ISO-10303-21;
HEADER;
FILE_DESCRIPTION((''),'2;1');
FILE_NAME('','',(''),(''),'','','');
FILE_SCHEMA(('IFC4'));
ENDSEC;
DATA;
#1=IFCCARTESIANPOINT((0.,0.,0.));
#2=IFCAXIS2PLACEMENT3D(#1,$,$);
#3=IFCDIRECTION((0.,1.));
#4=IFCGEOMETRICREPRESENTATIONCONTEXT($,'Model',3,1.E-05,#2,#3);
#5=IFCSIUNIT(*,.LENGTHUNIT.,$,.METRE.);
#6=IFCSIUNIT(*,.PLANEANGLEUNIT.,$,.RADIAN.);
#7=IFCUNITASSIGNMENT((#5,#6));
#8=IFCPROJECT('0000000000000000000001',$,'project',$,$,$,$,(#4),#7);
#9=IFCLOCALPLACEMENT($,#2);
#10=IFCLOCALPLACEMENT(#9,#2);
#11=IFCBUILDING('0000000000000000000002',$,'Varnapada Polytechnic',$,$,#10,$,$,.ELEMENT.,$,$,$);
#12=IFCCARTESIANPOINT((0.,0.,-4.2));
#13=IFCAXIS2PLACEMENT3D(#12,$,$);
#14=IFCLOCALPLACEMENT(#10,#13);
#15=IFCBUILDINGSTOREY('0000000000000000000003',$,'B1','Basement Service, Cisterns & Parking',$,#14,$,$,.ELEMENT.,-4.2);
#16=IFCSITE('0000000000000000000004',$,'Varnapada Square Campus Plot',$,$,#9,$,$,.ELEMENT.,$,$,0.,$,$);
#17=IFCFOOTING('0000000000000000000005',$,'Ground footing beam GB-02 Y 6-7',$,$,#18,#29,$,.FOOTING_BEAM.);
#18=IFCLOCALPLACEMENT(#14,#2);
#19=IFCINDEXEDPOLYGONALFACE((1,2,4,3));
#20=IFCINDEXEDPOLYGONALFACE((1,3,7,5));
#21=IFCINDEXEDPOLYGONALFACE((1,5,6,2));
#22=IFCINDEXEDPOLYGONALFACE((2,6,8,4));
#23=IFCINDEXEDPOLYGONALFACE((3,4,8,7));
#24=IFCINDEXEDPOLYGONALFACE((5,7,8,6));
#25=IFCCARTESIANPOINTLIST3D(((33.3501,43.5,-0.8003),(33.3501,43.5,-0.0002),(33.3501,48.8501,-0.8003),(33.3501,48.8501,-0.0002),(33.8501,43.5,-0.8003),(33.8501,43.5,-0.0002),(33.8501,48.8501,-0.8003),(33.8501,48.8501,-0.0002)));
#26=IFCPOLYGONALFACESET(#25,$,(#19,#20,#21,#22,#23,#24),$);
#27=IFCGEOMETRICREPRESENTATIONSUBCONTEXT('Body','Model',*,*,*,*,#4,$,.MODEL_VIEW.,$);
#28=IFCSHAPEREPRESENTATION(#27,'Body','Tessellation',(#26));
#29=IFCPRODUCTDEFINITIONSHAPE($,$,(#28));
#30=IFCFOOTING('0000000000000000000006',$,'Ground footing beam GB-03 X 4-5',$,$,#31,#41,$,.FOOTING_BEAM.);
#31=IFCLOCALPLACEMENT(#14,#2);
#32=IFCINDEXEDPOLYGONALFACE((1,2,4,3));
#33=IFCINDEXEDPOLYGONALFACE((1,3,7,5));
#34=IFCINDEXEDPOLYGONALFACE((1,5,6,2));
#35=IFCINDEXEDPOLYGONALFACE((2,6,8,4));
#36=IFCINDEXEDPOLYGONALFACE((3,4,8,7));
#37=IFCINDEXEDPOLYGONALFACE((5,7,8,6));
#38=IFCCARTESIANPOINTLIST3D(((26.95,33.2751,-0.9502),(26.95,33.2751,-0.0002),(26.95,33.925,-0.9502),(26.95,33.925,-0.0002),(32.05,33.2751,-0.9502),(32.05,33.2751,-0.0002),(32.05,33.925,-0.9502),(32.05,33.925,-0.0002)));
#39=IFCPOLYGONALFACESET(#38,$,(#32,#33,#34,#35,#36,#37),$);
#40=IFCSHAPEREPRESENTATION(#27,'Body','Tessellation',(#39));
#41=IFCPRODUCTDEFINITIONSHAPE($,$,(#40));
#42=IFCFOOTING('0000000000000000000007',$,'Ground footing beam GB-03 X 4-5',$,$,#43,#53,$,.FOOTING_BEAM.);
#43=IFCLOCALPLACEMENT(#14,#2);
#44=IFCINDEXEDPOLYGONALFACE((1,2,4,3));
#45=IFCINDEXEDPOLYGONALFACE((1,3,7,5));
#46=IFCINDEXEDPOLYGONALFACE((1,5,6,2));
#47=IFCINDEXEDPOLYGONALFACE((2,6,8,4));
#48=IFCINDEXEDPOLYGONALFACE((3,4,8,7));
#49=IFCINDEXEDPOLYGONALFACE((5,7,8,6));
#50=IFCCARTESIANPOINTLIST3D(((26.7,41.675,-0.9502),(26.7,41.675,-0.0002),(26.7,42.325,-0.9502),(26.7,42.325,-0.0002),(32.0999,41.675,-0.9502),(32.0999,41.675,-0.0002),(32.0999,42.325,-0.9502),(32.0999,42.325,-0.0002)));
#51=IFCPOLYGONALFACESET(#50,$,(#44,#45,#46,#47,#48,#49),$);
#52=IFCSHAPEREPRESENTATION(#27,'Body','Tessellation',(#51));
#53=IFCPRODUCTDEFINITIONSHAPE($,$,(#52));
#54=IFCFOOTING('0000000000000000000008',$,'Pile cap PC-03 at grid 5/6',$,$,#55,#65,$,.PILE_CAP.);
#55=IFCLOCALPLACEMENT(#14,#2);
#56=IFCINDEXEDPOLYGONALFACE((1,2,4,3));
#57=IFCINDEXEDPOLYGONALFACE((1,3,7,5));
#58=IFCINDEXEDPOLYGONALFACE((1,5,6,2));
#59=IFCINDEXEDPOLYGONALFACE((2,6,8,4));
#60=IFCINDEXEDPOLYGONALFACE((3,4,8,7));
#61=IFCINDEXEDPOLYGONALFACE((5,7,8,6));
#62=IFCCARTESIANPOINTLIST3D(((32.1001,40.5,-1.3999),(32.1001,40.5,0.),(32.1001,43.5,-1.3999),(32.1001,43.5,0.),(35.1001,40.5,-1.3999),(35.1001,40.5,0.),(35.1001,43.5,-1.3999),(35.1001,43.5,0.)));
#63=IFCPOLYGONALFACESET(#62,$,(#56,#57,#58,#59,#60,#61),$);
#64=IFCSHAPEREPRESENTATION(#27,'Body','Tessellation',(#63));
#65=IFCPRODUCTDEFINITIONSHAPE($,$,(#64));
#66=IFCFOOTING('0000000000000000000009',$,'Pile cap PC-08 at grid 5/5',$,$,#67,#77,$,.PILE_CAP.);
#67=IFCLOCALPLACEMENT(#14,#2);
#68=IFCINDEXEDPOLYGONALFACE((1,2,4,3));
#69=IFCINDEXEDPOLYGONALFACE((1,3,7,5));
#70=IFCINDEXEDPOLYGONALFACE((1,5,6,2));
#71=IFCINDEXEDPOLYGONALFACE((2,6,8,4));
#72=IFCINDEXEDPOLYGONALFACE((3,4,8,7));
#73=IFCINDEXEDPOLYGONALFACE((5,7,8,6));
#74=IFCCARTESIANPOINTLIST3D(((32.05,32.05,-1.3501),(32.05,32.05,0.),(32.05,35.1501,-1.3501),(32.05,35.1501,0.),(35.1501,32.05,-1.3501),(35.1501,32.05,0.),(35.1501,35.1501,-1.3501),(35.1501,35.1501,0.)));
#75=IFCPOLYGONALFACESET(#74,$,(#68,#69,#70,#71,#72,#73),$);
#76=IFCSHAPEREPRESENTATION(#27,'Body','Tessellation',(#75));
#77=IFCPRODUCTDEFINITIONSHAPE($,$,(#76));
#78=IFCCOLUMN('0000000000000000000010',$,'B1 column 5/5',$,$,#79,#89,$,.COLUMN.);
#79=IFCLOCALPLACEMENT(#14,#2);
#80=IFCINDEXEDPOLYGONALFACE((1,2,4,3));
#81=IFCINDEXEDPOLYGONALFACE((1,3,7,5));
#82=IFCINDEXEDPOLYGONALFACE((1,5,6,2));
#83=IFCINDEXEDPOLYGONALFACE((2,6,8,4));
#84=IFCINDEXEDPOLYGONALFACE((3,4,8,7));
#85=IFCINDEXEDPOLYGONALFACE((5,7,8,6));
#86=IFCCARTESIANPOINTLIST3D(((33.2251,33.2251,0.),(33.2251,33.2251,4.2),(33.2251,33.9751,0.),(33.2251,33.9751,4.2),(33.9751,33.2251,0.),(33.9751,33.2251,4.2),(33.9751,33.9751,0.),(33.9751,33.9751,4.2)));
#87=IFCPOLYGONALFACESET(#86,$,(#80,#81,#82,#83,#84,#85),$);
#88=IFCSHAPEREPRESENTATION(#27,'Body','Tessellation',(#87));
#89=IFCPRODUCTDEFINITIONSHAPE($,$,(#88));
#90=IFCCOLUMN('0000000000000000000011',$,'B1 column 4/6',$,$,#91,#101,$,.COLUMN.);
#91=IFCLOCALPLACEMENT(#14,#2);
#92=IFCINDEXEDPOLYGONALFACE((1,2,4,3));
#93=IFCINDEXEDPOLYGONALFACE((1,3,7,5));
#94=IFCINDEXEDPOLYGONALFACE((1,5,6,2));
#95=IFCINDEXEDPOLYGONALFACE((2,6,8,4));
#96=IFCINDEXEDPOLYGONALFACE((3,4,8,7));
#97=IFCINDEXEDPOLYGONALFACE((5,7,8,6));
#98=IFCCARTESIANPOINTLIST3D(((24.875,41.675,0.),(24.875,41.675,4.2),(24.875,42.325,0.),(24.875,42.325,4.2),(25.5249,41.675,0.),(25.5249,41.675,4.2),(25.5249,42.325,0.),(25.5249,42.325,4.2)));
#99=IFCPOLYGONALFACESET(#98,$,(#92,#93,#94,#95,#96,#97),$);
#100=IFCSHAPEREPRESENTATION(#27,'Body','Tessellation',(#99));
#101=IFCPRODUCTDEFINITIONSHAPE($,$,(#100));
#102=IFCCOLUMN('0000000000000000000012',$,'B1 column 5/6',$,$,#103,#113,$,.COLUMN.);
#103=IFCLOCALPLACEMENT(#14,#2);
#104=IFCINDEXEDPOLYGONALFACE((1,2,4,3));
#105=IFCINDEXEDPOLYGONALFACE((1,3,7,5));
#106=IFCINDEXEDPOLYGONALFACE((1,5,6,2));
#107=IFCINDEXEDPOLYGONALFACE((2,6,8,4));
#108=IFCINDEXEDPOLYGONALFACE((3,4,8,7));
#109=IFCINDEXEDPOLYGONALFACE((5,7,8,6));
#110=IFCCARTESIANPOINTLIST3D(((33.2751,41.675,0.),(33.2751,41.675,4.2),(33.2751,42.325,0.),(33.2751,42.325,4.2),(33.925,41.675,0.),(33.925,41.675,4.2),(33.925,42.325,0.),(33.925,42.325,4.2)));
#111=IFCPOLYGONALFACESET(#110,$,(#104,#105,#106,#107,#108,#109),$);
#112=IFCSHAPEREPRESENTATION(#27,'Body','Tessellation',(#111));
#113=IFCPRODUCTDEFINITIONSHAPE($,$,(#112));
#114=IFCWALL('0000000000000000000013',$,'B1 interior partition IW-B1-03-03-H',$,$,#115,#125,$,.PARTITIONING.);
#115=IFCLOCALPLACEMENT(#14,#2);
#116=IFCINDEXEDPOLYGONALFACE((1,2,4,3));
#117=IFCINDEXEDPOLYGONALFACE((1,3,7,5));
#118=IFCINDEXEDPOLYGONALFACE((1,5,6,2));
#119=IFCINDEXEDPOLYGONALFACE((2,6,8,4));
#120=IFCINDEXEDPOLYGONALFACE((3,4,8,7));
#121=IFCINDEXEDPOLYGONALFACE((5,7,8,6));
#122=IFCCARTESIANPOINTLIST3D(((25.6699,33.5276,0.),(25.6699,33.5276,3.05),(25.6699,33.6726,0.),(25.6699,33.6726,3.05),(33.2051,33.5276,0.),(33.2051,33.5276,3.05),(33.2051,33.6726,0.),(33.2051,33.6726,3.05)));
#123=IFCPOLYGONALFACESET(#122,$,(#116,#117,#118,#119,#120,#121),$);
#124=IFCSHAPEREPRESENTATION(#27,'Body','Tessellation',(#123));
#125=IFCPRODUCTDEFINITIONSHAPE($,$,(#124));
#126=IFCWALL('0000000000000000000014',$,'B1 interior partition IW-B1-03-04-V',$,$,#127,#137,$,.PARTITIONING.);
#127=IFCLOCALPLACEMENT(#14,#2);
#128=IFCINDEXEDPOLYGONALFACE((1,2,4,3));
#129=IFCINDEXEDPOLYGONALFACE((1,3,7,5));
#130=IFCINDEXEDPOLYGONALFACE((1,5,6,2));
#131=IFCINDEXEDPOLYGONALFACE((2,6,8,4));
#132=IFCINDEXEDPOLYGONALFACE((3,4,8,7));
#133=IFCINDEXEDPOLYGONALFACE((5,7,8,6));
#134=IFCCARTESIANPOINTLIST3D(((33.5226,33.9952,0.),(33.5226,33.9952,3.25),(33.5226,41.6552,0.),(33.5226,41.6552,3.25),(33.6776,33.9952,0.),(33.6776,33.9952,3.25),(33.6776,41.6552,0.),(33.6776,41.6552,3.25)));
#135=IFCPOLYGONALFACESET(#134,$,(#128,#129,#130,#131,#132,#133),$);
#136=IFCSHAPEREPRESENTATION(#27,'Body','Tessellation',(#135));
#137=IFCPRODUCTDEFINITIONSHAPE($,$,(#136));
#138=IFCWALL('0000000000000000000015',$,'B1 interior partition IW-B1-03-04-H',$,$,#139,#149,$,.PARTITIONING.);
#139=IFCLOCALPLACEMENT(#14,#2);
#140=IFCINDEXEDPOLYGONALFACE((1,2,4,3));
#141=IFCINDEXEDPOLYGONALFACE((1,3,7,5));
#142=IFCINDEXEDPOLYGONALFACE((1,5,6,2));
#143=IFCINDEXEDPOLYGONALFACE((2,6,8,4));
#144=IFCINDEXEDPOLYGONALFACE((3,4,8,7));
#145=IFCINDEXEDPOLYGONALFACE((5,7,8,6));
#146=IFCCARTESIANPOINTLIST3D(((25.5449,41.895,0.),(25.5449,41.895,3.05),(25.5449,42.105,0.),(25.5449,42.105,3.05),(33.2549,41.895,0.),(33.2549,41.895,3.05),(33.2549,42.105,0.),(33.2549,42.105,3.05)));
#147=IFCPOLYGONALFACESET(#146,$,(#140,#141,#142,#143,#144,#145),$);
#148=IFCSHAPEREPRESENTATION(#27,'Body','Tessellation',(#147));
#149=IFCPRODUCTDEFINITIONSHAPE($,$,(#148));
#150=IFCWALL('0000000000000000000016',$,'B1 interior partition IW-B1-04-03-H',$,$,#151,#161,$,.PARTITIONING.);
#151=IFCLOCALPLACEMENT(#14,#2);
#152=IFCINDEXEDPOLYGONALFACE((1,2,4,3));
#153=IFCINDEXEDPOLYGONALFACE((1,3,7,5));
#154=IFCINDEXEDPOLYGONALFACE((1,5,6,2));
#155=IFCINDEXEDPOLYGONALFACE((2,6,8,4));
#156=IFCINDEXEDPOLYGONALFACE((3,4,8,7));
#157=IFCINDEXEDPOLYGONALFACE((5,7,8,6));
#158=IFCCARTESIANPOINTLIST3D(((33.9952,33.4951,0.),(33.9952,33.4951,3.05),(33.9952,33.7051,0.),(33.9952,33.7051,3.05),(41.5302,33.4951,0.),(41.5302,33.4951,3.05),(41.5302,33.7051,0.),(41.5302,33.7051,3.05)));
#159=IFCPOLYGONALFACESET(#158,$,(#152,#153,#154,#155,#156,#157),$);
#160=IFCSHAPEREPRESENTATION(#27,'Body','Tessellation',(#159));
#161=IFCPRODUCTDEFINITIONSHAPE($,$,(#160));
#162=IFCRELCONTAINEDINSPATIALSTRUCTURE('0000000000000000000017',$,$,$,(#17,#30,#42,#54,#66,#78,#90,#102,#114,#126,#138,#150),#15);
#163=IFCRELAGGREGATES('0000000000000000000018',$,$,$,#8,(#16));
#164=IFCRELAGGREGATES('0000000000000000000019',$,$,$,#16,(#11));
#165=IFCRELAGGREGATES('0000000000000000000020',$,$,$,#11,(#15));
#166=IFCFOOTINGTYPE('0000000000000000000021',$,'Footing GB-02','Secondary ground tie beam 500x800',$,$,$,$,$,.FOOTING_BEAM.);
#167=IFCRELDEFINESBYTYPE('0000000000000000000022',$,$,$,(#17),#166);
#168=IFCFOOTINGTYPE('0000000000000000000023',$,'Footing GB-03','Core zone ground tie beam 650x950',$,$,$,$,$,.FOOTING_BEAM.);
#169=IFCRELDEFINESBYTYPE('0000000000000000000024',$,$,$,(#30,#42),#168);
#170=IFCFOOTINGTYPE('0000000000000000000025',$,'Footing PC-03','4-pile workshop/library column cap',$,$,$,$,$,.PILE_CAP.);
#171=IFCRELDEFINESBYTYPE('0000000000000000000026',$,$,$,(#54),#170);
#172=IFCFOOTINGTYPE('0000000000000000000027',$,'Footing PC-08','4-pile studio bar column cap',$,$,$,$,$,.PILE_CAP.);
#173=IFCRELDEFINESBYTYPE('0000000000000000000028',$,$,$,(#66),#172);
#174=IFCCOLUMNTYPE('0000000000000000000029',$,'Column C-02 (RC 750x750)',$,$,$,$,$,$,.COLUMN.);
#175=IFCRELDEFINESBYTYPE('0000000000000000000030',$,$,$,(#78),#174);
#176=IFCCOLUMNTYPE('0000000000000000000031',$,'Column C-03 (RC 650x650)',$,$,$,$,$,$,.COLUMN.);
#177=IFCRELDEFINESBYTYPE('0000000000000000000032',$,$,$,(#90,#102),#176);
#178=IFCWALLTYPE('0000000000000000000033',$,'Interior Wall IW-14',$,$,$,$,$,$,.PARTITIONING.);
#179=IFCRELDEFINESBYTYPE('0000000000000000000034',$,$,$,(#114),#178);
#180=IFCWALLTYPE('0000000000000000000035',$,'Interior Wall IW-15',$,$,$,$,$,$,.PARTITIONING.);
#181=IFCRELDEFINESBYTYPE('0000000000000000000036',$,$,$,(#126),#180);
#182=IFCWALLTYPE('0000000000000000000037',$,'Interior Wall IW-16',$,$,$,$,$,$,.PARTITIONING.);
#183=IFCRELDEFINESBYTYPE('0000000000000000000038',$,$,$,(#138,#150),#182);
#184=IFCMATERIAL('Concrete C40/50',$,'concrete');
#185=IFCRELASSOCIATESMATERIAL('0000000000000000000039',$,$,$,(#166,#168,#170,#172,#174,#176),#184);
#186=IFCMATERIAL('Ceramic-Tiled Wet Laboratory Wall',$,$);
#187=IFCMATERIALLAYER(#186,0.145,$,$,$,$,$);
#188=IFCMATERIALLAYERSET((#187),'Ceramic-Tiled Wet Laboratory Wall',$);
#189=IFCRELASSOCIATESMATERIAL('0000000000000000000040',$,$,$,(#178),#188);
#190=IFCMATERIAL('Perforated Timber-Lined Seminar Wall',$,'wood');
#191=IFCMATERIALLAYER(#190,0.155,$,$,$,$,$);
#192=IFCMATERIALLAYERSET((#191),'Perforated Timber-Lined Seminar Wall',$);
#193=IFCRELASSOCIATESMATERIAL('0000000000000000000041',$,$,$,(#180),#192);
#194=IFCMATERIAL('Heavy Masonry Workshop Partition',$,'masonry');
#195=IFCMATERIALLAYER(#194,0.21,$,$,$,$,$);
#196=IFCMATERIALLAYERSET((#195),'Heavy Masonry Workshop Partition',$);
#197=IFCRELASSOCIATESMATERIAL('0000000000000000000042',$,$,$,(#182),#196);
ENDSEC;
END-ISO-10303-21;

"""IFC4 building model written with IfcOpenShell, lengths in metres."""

from ifc_helpers import new_model, si_unit, direction, frame, frame_2d, origin, origin_2d, place, context, subcontext, project, spatial, rectangle, extrude, material, layer, layer_set, material_profile, profile_set, type_object, element, save


model = new_model("IFC4")

# Units and contexts
model_context = context("Model", 3, precision=1e-05, world=origin(), true_north=direction((0.0, 1.0)))
body_context = subcontext(model_context, "Body", "Model", "MODEL_VIEW")
ifc_project = project(units=[si_unit("LENGTHUNIT", "METRE"), si_unit("PLANEANGLEUNIT", "RADIAN")], contexts=[model_context])

# Site, building, storey
site_placement = place(None, origin())
site = spatial("IfcSite", under=ifc_project, at=site_placement, Name="Varnapada Square Campus Plot", CompositionType="ELEMENT", RefElevation=0.0)
building_placement = place(site_placement, origin())
building = spatial("IfcBuilding", under=site, at=building_placement, Name="Varnapada Polytechnic", CompositionType="ELEMENT")
storey_placement = place(building_placement, frame((0.0, 0.0, -4.2)))
storey = spatial("IfcBuildingStorey", under=building, at=storey_placement, Name="B1", Description="Basement Service, Cisterns & Parking", CompositionType="ELEMENT", Elevation=-4.2)

# Shared definitions
ifc_material_1 = material(Name="Concrete C40/50", Category="concrete")

# Footings
footing_type_1 = type_object("IfcFootingType", Name="Footing GB-02", Description="Secondary ground tie beam 500x800", PredefinedType="FOOTING_BEAM", material=ifc_material_1)
for number, where, z_axis, x_axis, name in (
    (1, (33.6001, 46.175, -0.8003), (0.0, 0.0, 1.0), (0.0, 1.0, 0.0), "Ground footing beam GB-02 Y 6-7"),
):
    element("IfcFooting", number, at=place(storey_placement, frame(where, z_axis=z_axis, x_axis=x_axis)), inside=storey, type_object=footing_type_1, Name=name, PredefinedType="FOOTING_BEAM", context=body_context, shape_type="SweptSolid", body=[
        extrude(rectangle(XDim=5.3501, YDim=0.5, at=origin_2d()), origin(), (0.0, 0.0, 1.0), 0.8),
    ])
footing_type_2 = type_object("IfcFootingType", Name="Footing GB-03", Description="Core zone ground tie beam 650x950", PredefinedType="FOOTING_BEAM", material=ifc_material_1)
footing_1_placement = place(storey_placement, frame((29.5, 33.6001, -0.9502), z_axis=(0.0, 0.0, 1.0), x_axis=(1.0, 0.0, 0.0)))
element("IfcFooting", 2, at=footing_1_placement, inside=storey, type_object=footing_type_2, Name="Ground footing beam GB-03 X 4-5", PredefinedType="FOOTING_BEAM", context=body_context, shape_type="SweptSolid", body=[
    extrude(rectangle(XDim=5.1001, YDim=0.6499, at=origin_2d()), origin(), (0.0, 0.0, 1.0), 0.95),
])
footing_2_placement = place(storey_placement, frame((29.3999, 42.0, -0.9502), z_axis=(0.0, 0.0, 1.0), x_axis=(1.0, 0.0, 0.0)))
element("IfcFooting", 3, at=footing_2_placement, inside=storey, type_object=footing_type_2, Name="Ground footing beam GB-03 X 4-5", PredefinedType="FOOTING_BEAM", context=body_context, shape_type="SweptSolid", body=[
    extrude(rectangle(XDim=5.3999, YDim=0.6499, at=origin_2d()), origin(), (0.0, 0.0, 1.0), 0.95),
])
footing_type_3 = type_object("IfcFootingType", Name="Footing PC-03", Description="4-pile workshop/library column cap", PredefinedType="PILE_CAP", material=ifc_material_1)
footing_3_placement = place(storey_placement, frame((33.6001, 42.0, -1.3999), z_axis=(0.0, 0.0, 1.0), x_axis=(1.0, 0.0, 0.0)))
element("IfcFooting", 4, at=footing_3_placement, inside=storey, type_object=footing_type_3, Name="Pile cap PC-03 at grid 5/6", PredefinedType="PILE_CAP", context=body_context, shape_type="SweptSolid", body=[
    extrude(rectangle(XDim=3.0, YDim=3.0, at=origin_2d()), origin(), (0.0, 0.0, 1.0), 1.3999),
])
footing_type_4 = type_object("IfcFootingType", Name="Footing PC-08", Description="4-pile studio bar column cap", PredefinedType="PILE_CAP", material=ifc_material_1)
footing_4_placement = place(storey_placement, frame((33.6001, 33.6001, -1.3501), z_axis=(0.0, 0.0, 1.0), x_axis=(1.0, 0.0, 0.0)))
element("IfcFooting", 5, at=footing_4_placement, inside=storey, type_object=footing_type_4, Name="Pile cap PC-08 at grid 5/5", PredefinedType="PILE_CAP", context=body_context, shape_type="SweptSolid", body=[
    extrude(rectangle(XDim=3.1001, YDim=3.1001, at=origin_2d()), origin(), (0.0, 0.0, 1.0), 1.3501),
])

# Columns
ifc_material_profile_1 = material_profile(ifc_material_1, rectangle(XDim=0.75, YDim=0.75, at=origin_2d()), Name="RC 750x750")
ifc_profile_set_1 = profile_set([ifc_material_profile_1], Name="Concrete C40/50")
column_type_1 = type_object("IfcColumnType", Name="Column C-02 (RC 750x750)", PredefinedType="COLUMN", material=ifc_profile_set_1)
column_placement = place(storey_placement, frame((33.6001, 33.6001, 0.0), z_axis=(0.0, 0.0, 1.0), x_axis=(1.0, 0.0, 0.0)))
element("IfcColumn", 6, at=column_placement, inside=storey, type_object=column_type_1, Name="B1 column 5/5", PredefinedType="COLUMN", context=body_context, shape_type="SweptSolid", body=[
    extrude(rectangle(XDim=0.75, YDim=0.75, at=origin_2d()), origin(), (0.0, 0.0, 1.0), 4.2),
])
ifc_material_profile_2 = material_profile(ifc_material_1, rectangle(XDim=0.6499, YDim=0.6499, at=origin_2d()), Name="RC 650x650")
ifc_profile_set_2 = profile_set([ifc_material_profile_2], Name="Concrete C40/50")
column_type_2 = type_object("IfcColumnType", Name="Column C-03 (RC 650x650)", PredefinedType="COLUMN", material=ifc_profile_set_2)
for number, where, z_axis, x_axis, name in (
    (7, (25.2, 42.0, 0.0), (0.0, 0.0, 1.0), (1.0, 0.0, 0.0), "B1 column 4/6"),
    (8, (33.6001, 42.0, 0.0), (0.0, 0.0, 1.0), (1.0, 0.0, 0.0), "B1 column 5/6"),
):
    element("IfcColumn", number, at=place(storey_placement, frame(where, z_axis=z_axis, x_axis=x_axis)), inside=storey, type_object=column_type_2, Name=name, PredefinedType="COLUMN", context=body_context, shape_type="SweptSolid", body=[
        extrude(rectangle(XDim=0.6499, YDim=0.6499, at=origin_2d()), origin(), (0.0, 0.0, 1.0), 4.2),
    ])

# Walls
ifc_material_2 = material(Name="Ceramic-Tiled Wet Laboratory Wall")
ifc_layer_1 = layer(ifc_material_2, 0.145)
ifc_layer_set_1 = layer_set([ifc_layer_1], Name="Ceramic-Tiled Wet Laboratory Wall")
wall_type_1 = type_object("IfcWallType", Name="Interior Wall IW-14", PredefinedType="PARTITIONING", material=ifc_layer_set_1)
wall_1_placement = place(storey_placement, frame((25.6699, 33.6001, 0.0), z_axis=(0.0, 0.0, 1.0), x_axis=(1.0, 0.0, 0.0)))
element("IfcWall", 9, at=wall_1_placement, inside=storey, type_object=wall_type_1, Name="B1 interior partition IW-B1-03-03-H", PredefinedType="PARTITIONING", context=body_context, shape_type="SweptSolid", body=[
    extrude(rectangle(XDim=7.5352, YDim=0.145, at=frame_2d((3.7676, 0.0))), origin(), (0.0, 0.0, 1.0), 3.05),
])
ifc_material_3 = material(Name="Perforated Timber-Lined Seminar Wall", Category="wood")
ifc_layer_2 = layer(ifc_material_3, 0.155)
ifc_layer_set_2 = layer_set([ifc_layer_2], Name="Perforated Timber-Lined Seminar Wall")
wall_type_2 = type_object("IfcWallType", Name="Interior Wall IW-15", PredefinedType="PARTITIONING", material=ifc_layer_set_2)
wall_2_placement = place(storey_placement, frame((33.6001, 33.9951, 0.0), z_axis=(0.0, 0.0, 1.0), x_axis=(0.0, 1.0, 0.0)))
element("IfcWall", 10, at=wall_2_placement, inside=storey, type_object=wall_type_2, Name="B1 interior partition IW-B1-03-04-V", PredefinedType="PARTITIONING", context=body_context, shape_type="SweptSolid", body=[
    extrude(rectangle(XDim=7.6599, YDim=0.155, at=frame_2d((3.8301, 0.0))), origin(), (0.0, 0.0, 1.0), 3.25),
])
ifc_material_4 = material(Name="Heavy Masonry Workshop Partition", Category="masonry")
ifc_layer_3 = layer(ifc_material_4, 0.21)
ifc_layer_set_3 = layer_set([ifc_layer_3], Name="Heavy Masonry Workshop Partition")
wall_type_3 = type_object("IfcWallType", Name="Interior Wall IW-16", PredefinedType="PARTITIONING", material=ifc_layer_set_3)
wall_3_placement = place(storey_placement, frame((25.5449, 42.0, 0.0), z_axis=(0.0, 0.0, 1.0), x_axis=(1.0, 0.0, 0.0)))
element("IfcWall", 11, at=wall_3_placement, inside=storey, type_object=wall_type_3, Name="B1 interior partition IW-B1-03-04-H", PredefinedType="PARTITIONING", context=body_context, shape_type="SweptSolid", body=[
    extrude(rectangle(XDim=7.71, YDim=0.21, at=frame_2d((3.855, 0.0))), origin(), (0.0, 0.0, 1.0), 3.05),
])
wall_4_placement = place(storey_placement, frame((33.9951, 33.6001, 0.0), z_axis=(0.0, 0.0, 1.0), x_axis=(1.0, 0.0, 0.0)))
element("IfcWall", 12, at=wall_4_placement, inside=storey, type_object=wall_type_3, Name="B1 interior partition IW-B1-04-03-H", PredefinedType="PARTITIONING", context=body_context, shape_type="SweptSolid", body=[
    extrude(rectangle(XDim=7.5349, YDim=0.21, at=frame_2d((3.7676, 0.0))), origin(), (0.0, 0.0, 1.0), 3.05),
])

save(model, "model.ifc")
